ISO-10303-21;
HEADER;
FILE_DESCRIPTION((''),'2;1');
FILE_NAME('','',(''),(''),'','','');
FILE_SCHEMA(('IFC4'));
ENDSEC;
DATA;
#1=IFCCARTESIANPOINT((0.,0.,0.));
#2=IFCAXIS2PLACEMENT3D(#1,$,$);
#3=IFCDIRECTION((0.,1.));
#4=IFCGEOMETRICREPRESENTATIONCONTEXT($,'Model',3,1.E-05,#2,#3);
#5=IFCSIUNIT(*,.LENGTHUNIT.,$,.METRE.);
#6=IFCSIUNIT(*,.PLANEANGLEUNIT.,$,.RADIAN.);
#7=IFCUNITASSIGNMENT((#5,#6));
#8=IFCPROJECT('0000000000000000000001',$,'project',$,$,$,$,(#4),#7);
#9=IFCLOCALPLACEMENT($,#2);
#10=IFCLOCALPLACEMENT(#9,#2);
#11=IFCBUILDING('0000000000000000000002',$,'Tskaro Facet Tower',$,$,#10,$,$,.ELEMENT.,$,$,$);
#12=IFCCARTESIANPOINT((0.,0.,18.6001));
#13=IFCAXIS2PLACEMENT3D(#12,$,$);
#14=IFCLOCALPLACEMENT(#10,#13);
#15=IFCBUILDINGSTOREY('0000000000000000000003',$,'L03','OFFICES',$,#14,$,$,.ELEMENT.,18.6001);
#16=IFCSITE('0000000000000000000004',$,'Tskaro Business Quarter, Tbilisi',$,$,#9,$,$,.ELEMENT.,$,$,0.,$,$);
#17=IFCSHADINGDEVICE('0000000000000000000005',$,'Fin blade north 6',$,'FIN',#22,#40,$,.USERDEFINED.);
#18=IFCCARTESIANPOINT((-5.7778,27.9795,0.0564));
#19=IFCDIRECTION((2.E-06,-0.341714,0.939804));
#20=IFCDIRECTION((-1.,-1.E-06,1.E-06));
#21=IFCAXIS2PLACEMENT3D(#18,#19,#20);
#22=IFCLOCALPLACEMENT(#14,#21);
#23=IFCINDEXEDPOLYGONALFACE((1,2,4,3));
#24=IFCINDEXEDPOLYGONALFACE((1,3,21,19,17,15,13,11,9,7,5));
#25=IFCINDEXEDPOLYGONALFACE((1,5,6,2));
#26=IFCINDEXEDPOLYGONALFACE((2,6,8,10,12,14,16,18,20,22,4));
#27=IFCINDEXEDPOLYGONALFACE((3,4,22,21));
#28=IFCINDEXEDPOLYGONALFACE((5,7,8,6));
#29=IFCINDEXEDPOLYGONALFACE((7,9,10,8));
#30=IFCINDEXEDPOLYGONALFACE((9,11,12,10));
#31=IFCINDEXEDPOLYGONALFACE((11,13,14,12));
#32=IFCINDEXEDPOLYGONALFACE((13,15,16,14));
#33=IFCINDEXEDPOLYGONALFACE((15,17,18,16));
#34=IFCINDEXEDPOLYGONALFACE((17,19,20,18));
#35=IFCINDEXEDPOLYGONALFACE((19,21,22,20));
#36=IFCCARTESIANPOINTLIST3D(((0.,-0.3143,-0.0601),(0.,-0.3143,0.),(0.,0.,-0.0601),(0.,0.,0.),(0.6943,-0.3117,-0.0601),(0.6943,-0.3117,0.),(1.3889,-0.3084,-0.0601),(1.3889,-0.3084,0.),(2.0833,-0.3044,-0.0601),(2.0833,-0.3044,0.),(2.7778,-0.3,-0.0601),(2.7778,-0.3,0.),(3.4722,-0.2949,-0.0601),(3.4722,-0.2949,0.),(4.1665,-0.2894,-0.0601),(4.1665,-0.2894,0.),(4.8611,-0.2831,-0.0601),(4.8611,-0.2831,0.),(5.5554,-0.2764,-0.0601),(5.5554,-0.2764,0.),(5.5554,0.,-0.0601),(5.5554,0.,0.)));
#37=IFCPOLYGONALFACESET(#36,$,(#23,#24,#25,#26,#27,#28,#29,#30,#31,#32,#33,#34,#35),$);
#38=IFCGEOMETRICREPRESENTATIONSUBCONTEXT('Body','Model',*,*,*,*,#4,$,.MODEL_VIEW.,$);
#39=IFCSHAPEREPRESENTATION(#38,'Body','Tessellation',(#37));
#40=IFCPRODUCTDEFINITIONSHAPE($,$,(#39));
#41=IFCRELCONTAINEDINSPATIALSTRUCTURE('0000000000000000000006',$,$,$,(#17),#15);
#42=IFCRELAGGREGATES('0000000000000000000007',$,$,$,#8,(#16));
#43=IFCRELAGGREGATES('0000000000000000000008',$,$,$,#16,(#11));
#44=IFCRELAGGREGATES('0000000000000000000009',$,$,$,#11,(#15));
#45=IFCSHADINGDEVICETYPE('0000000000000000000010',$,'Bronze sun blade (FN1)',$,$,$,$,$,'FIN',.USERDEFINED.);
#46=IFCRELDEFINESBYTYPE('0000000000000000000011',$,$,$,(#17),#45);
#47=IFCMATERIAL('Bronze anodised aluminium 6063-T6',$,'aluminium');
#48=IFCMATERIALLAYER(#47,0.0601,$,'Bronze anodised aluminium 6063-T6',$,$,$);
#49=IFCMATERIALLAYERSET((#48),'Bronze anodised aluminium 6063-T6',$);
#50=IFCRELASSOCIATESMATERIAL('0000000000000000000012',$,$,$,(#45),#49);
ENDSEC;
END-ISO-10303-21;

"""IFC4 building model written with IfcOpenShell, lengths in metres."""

from ifc_helpers import new_model, si_unit, direction, frame, origin, place, context, subcontext, project, spatial, polyline, outline, extrude, material, layer, layer_set, type_object, element, save


model = new_model("IFC4")

# Units and contexts
model_context = context("Model", 3, precision=1e-05, world=origin(), true_north=direction((0.0, 1.0)))
body_context = subcontext(model_context, "Body", "Model", "MODEL_VIEW")
ifc_project = project(units=[si_unit("LENGTHUNIT", "METRE"), si_unit("PLANEANGLEUNIT", "RADIAN")], contexts=[model_context])

# Site, building, storey
site_placement = place(None, origin())
site = spatial("IfcSite", under=ifc_project, at=site_placement, Name="Tskaro Business Quarter, Tbilisi", CompositionType="ELEMENT", RefElevation=0.0)
building_placement = place(site_placement, origin())
building = spatial("IfcBuilding", under=site, at=building_placement, Name="Tskaro Facet Tower", CompositionType="ELEMENT")
storey_placement = place(building_placement, frame((0.0, 0.0, 18.6001)))
storey = spatial("IfcBuildingStorey", under=building, at=storey_placement, Name="L03", Description="OFFICES", CompositionType="ELEMENT", Elevation=18.6001)

# Shared definitions
ifc_material_1 = material(Name="Bronze anodised aluminium 6063-T6", Category="aluminium")

# Shading device
ifc_layer_1 = layer(ifc_material_1, 0.0601, Name="Bronze anodised aluminium 6063-T6")
ifc_layer_set_1 = layer_set([ifc_layer_1], Name="Bronze anodised aluminium 6063-T6")
shading_device_type = type_object("IfcShadingDeviceType", Name="Bronze sun blade (FN1)", ElementType="FIN", PredefinedType="USERDEFINED", material=ifc_layer_set_1)
shading_device_1_placement = place(storey_placement, frame((-5.7778, 27.9795, 0.0564), z_axis=(0.000002, -0.341714, 0.939804), x_axis=(-1.0, -0.000001, 0.000001)))
element("IfcShadingDevice", 1, at=shading_device_1_placement, inside=storey, type_object=shading_device_type, Name="Fin blade north 6", ObjectType="FIN", PredefinedType="USERDEFINED", context=body_context, shape_type="SweptSolid", body=[
    extrude(outline(polyline([(0.0, 0.0), (5.5554, 0.0), (5.5554, -0.2764), (4.8611, -0.2831), (4.1665, -0.2894), (3.4722, -0.2949), (2.7778, -0.3), (2.0833, -0.3044), (1.3889, -0.3084), (0.6943, -0.3117), (0.0, -0.3143), (0.0, 0.0)])), origin(), (0.0, 0.0, -1.0), 0.0601),
])

save(model, "model.ifc")
